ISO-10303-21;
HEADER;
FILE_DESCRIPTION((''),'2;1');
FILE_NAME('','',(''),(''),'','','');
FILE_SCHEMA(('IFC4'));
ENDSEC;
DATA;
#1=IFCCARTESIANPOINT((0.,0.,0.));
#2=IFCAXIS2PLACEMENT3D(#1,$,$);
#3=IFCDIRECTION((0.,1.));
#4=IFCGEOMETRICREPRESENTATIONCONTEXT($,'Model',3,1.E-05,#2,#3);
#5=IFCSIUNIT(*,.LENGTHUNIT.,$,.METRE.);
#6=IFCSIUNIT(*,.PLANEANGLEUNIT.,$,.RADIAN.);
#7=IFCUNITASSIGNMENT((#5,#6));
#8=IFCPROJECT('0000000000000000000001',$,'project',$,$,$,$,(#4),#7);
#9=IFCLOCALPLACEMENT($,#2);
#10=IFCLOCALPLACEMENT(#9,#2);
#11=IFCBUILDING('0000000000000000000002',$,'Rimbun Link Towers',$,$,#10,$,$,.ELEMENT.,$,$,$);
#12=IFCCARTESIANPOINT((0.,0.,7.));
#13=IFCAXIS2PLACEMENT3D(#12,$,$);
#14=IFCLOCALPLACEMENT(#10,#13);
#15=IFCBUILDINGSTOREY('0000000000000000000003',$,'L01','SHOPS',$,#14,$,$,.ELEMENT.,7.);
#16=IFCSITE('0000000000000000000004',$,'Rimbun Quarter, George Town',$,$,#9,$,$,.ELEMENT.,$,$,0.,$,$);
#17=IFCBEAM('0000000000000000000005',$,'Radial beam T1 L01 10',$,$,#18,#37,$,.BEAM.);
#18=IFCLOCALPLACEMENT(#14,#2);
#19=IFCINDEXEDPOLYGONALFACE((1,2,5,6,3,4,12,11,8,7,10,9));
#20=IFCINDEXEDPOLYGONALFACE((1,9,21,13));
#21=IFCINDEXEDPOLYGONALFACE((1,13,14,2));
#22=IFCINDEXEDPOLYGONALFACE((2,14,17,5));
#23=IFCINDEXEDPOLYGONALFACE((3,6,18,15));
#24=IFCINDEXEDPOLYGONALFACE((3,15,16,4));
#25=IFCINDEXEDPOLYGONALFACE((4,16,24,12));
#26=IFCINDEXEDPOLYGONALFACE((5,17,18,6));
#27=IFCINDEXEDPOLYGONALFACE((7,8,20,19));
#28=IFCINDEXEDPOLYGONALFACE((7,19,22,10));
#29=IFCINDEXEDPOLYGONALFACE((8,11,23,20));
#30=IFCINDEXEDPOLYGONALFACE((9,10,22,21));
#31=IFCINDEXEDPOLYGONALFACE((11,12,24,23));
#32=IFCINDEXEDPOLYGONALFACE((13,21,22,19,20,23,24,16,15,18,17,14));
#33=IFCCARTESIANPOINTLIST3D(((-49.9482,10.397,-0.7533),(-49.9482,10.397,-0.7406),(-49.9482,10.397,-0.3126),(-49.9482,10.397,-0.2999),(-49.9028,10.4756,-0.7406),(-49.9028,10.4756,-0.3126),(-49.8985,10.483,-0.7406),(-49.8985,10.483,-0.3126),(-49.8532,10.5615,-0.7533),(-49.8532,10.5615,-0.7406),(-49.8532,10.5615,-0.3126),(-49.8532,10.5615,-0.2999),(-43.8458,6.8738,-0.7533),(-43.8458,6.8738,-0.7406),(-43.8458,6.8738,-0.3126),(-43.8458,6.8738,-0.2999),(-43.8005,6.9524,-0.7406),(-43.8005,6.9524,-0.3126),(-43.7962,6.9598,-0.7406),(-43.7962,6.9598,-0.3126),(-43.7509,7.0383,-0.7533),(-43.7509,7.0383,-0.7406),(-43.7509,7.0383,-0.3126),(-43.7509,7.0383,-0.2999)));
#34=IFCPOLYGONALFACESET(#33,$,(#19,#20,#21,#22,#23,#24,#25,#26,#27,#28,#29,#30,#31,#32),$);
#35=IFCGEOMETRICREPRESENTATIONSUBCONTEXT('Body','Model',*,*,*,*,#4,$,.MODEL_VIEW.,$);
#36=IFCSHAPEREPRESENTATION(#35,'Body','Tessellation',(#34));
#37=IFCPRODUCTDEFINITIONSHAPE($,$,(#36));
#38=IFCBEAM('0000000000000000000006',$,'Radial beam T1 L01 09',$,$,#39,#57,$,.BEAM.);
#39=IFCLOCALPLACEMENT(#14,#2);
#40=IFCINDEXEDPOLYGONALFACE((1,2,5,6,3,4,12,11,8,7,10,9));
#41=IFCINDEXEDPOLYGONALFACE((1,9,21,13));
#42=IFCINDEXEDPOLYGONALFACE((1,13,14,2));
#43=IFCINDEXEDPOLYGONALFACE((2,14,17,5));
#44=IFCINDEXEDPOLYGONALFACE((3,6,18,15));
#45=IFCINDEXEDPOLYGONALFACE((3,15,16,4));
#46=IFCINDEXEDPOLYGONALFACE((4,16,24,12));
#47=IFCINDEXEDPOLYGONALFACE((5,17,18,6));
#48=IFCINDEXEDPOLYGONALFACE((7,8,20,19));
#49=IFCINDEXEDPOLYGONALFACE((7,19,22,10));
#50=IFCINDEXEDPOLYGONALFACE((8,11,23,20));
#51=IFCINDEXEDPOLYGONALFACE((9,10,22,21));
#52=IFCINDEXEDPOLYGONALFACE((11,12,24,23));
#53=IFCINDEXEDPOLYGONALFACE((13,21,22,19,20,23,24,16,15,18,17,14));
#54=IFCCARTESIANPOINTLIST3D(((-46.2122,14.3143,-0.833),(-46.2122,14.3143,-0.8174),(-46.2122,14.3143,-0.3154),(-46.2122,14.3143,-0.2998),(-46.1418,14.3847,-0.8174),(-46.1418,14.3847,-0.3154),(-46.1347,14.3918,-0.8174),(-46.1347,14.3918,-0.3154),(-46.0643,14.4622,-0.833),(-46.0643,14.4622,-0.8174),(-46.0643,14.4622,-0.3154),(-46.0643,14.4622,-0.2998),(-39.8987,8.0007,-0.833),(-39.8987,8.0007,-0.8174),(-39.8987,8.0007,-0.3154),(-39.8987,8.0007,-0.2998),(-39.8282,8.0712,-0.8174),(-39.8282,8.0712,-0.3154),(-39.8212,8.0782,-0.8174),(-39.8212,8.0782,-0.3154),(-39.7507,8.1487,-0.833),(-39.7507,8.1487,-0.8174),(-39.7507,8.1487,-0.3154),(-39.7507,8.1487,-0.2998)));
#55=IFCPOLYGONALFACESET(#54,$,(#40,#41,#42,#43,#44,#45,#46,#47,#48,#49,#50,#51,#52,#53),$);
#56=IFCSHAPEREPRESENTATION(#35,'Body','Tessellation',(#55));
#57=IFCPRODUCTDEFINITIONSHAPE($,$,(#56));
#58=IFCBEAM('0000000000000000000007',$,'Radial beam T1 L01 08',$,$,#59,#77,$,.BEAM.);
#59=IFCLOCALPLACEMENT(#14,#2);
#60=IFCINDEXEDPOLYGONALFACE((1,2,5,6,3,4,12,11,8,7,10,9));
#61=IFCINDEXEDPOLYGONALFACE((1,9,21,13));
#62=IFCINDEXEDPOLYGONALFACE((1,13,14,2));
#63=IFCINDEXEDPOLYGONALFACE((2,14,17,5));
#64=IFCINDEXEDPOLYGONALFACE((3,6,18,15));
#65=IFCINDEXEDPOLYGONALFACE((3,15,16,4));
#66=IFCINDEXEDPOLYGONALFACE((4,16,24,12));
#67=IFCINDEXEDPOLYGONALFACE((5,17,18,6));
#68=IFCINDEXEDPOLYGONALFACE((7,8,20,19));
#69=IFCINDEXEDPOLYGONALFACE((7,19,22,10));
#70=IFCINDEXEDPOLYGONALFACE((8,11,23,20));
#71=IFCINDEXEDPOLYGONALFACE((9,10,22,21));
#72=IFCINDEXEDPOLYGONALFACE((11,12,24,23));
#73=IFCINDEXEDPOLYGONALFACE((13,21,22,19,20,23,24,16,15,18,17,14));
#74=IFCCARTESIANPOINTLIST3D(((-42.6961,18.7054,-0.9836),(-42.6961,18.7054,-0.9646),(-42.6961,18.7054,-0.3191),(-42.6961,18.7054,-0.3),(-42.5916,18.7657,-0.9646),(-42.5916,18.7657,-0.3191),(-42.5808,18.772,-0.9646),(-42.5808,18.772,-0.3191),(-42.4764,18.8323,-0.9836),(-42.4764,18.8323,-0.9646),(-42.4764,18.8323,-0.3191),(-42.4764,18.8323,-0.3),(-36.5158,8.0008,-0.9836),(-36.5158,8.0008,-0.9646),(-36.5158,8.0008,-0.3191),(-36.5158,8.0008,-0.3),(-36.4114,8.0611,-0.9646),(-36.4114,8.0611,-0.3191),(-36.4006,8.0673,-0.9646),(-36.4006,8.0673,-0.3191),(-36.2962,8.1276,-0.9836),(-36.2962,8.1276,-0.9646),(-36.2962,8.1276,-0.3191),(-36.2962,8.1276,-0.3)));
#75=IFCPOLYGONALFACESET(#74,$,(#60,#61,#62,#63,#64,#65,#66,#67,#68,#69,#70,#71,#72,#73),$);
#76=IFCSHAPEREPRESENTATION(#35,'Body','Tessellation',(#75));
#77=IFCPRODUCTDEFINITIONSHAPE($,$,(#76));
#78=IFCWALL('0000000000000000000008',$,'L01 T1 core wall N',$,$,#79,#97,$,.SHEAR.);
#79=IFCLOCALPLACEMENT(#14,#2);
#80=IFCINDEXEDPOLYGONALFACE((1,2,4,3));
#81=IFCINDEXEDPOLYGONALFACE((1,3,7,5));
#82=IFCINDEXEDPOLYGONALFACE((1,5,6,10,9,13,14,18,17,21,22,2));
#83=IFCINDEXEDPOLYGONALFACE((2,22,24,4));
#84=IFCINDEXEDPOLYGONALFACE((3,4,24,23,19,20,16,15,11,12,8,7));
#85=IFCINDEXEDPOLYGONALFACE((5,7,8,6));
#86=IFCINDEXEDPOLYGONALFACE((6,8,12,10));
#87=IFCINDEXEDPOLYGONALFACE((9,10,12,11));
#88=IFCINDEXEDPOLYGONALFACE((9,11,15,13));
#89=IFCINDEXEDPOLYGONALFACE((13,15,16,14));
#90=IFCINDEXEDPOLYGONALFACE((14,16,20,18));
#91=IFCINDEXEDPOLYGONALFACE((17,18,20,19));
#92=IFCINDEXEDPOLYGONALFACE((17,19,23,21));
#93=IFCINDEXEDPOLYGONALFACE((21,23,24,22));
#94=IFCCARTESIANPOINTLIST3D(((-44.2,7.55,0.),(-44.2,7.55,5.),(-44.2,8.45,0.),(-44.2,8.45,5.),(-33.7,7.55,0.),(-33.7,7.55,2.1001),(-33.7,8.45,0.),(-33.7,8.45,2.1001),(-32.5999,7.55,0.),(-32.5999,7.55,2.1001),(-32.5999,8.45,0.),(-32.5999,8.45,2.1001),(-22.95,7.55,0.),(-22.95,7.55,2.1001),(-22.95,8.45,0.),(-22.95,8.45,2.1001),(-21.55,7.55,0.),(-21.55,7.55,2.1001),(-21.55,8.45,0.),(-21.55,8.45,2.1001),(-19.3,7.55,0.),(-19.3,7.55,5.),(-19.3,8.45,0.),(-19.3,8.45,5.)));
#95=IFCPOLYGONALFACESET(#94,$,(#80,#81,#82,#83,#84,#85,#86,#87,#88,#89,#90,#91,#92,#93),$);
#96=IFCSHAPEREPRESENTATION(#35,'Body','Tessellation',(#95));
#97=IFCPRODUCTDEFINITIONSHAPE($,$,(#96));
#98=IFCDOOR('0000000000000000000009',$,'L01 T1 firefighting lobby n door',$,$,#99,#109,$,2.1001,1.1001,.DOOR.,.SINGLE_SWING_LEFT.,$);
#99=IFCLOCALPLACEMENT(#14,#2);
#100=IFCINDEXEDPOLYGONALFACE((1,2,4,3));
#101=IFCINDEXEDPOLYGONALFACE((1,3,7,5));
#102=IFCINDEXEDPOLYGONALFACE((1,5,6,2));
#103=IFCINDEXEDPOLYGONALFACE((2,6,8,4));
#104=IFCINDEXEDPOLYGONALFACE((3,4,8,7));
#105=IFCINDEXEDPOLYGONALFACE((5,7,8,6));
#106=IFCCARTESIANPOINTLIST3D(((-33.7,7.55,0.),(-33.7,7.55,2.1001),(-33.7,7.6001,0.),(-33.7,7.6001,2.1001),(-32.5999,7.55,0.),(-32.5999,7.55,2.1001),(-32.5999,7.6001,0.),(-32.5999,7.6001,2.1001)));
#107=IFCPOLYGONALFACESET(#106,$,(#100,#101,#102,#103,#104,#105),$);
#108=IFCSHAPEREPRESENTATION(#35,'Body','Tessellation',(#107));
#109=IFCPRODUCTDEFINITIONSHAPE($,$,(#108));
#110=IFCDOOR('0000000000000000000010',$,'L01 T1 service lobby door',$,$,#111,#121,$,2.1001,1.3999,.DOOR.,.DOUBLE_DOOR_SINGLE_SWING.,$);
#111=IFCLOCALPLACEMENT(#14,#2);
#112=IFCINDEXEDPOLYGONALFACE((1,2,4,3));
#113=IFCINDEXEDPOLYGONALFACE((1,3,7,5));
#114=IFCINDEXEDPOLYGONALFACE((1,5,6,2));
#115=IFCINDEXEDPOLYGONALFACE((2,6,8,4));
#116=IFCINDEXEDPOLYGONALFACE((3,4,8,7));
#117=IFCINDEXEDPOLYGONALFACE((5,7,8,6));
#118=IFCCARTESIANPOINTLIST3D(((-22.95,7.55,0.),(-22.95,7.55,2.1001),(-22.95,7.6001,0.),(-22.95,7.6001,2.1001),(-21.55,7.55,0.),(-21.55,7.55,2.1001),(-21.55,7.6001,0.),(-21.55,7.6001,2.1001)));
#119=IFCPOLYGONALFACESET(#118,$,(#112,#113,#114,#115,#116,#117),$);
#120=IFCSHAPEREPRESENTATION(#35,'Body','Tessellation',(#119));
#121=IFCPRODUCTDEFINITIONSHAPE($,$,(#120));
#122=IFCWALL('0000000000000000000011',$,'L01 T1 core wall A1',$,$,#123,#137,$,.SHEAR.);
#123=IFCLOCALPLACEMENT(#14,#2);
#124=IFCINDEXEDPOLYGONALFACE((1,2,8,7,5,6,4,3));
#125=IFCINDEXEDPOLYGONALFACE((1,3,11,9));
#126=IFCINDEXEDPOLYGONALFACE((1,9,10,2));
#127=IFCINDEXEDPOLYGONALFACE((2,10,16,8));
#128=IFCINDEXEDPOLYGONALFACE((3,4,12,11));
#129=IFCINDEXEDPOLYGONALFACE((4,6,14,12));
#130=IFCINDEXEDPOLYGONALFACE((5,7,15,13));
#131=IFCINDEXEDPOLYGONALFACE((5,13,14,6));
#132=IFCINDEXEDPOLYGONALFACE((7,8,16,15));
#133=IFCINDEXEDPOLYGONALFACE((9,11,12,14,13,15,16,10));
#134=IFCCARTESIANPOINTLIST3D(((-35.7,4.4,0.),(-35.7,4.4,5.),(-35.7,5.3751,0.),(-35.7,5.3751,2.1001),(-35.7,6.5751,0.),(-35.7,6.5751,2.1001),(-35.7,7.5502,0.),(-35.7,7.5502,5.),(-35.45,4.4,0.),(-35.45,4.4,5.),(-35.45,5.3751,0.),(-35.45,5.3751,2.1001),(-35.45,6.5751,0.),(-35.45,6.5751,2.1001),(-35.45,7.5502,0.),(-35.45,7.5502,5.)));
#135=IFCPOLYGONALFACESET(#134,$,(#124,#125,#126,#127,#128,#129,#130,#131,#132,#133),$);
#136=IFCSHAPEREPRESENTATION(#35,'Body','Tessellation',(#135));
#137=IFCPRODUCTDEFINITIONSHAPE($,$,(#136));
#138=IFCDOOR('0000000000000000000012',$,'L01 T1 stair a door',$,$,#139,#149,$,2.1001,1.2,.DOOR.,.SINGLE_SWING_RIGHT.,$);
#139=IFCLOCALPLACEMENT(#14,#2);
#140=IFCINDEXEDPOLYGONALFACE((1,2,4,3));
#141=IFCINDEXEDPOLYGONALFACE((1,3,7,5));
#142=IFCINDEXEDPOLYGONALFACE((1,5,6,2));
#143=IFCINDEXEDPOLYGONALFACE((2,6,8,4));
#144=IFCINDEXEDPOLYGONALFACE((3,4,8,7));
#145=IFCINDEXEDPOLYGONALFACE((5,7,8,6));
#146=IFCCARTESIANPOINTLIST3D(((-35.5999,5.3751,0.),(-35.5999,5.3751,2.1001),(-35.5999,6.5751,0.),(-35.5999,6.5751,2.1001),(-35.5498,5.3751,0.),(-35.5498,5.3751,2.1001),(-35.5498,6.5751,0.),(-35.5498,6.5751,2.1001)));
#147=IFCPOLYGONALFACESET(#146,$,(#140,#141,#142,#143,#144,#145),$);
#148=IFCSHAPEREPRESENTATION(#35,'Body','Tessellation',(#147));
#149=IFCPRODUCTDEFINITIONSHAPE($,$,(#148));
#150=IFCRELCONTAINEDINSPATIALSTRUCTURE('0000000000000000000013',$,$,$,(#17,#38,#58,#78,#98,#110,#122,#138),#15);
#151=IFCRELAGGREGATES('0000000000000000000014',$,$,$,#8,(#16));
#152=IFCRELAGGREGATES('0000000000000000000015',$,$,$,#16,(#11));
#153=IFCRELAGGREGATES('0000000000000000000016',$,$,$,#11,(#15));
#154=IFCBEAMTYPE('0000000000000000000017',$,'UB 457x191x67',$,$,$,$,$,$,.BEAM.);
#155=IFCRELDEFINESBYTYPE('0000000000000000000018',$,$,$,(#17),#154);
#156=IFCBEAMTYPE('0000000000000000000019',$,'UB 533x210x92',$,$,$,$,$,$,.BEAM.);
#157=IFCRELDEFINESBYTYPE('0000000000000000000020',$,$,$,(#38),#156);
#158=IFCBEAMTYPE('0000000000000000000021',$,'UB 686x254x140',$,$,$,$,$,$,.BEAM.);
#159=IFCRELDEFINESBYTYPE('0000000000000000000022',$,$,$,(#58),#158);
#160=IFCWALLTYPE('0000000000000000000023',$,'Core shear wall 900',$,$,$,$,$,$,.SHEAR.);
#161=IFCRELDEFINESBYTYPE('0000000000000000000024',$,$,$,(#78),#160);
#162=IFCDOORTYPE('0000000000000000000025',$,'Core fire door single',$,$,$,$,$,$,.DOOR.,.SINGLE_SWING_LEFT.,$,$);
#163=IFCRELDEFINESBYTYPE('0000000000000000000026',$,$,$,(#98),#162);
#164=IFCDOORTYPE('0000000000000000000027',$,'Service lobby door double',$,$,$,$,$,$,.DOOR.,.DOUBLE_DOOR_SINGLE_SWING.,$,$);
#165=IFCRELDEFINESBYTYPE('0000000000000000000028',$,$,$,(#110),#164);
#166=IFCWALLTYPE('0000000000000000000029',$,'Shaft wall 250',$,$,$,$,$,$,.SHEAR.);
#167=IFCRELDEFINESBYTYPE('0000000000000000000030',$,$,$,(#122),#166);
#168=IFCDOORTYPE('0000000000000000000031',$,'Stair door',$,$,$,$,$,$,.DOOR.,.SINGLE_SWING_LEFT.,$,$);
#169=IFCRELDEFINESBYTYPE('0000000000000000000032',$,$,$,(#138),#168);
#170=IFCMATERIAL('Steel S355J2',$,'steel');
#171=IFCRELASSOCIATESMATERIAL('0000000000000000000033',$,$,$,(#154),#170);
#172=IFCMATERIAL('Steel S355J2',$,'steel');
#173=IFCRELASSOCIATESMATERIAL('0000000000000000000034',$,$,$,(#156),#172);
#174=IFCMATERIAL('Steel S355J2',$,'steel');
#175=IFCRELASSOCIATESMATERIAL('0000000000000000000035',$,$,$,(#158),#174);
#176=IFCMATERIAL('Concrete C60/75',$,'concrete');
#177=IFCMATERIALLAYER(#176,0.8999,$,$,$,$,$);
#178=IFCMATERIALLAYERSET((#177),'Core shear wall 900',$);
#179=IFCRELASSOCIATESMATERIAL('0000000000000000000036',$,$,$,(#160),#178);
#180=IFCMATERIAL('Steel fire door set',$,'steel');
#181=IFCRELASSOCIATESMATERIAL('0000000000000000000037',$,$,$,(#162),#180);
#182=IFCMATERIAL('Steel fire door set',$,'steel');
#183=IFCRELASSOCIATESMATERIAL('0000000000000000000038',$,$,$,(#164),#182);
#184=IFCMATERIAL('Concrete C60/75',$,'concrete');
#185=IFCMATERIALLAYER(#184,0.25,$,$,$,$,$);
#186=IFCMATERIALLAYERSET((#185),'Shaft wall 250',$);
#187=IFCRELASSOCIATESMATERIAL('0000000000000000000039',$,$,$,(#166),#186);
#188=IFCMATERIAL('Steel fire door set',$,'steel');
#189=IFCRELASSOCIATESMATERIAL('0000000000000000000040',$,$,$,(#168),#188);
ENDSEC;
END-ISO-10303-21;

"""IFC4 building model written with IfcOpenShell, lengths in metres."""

from ifc_helpers import new_model, si_unit, direction, frame, frame_2d, origin, origin_2d, place, context, subcontext, project, spatial, rectangle, i_section, extrude, material, layer, layer_set, material_profile, profile_set, type_object, element, fill, save


model = new_model("IFC4")

# Units and contexts
model_context = context("Model", 3, precision=1e-05, world=origin(), true_north=direction((0.0, 1.0)))
body_context = subcontext(model_context, "Body", "Model", "MODEL_VIEW")
ifc_project = project(units=[si_unit("LENGTHUNIT", "METRE"), si_unit("PLANEANGLEUNIT", "RADIAN")], contexts=[model_context])

# Site, building, storey
site_placement = place(None, origin())
site = spatial("IfcSite", under=ifc_project, at=site_placement, Name="Rimbun Quarter, George Town", CompositionType="ELEMENT", RefElevation=0.0)
building_placement = place(site_placement, origin())
building = spatial("IfcBuilding", under=site, at=building_placement, Name="Rimbun Link Towers", CompositionType="ELEMENT")
storey_placement = place(building_placement, frame((0.0, 0.0, 7.0)))
storey = spatial("IfcBuildingStorey", under=building, at=storey_placement, Name="L01", Description="SHOPS", CompositionType="ELEMENT", Elevation=7.0)

# Beams
ifc_material_1 = material(Name="Steel S355J2", Category="steel")
ifc_material_profile_1 = material_profile(ifc_material_1, i_section(OverallWidth=0.1899, OverallDepth=0.4534, WebThickness=0.0085, FlangeThickness=0.0127, at=origin_2d()), Name="UB 457x191x67")
ifc_profile_set_1 = profile_set([ifc_material_profile_1], Name="Steel S355J2")
beam_type_1 = type_object("IfcBeamType", Name="UB 457x191x67", PredefinedType="BEAM", material=ifc_profile_set_1)
beam_1_placement = place(storey_placement, frame((-43.7983, 6.9561, -0.5266), z_axis=(-0.866023, 0.500003, 0.0), x_axis=(-0.500003, -0.866023, 0.0)))
element("IfcBeam", 1, at=beam_1_placement, inside=storey, type_object=beam_type_1, Name="Radial beam T1 L01 10", PredefinedType="BEAM", context=body_context, shape_type="SweptSolid", body=[
    extrude(i_section(OverallWidth=0.1899, OverallDepth=0.4534, WebThickness=0.0085, FlangeThickness=0.0127, at=origin_2d()), origin(), (0.0, 0.0, 1.0), 7.0464),
])
ifc_material_2 = material(Name="Steel S355J2", Category="steel")
ifc_material_profile_2 = material_profile(ifc_material_2, i_section(OverallWidth=0.2092, OverallDepth=0.5332, WebThickness=0.01, FlangeThickness=0.0156, at=origin_2d()), Name="UB 533x210x92")
ifc_profile_set_2 = profile_set([ifc_material_profile_2], Name="Steel S355J2")
beam_type_2 = type_object("IfcBeamType", Name="UB 533x210x92", PredefinedType="BEAM", material=ifc_profile_set_2)
beam_2_placement = place(storey_placement, frame((-39.8247, 8.0747, -0.5664), z_axis=(-0.707107, 0.707107, 0.0), x_axis=(-0.707107, -0.707107, 0.0)))
element("IfcBeam", 2, at=beam_2_placement, inside=storey, type_object=beam_type_2, Name="Radial beam T1 L01 09", PredefinedType="BEAM", context=body_context, shape_type="SweptSolid", body=[
    extrude(i_section(OverallWidth=0.2092, OverallDepth=0.5332, WebThickness=0.01, FlangeThickness=0.0156, at=origin_2d()), origin(), (0.0, 0.0, 1.0), 8.9287),
])
ifc_material_3 = material(Name="Steel S355J2", Category="steel")
ifc_material_profile_3 = material_profile(ifc_material_3, i_section(OverallWidth=0.2537, OverallDepth=0.6836, WebThickness=0.0125, FlangeThickness=0.019, at=origin_2d()), Name="UB 686x254x140")
ifc_profile_set_3 = profile_set([ifc_material_profile_3], Name="Steel S355J2")
beam_type_3 = type_object("IfcBeamType", Name="UB 686x254x140", PredefinedType="BEAM", material=ifc_profile_set_3)
beam_3_placement = place(storey_placement, frame((-36.406, 8.0642, -0.6418), z_axis=(-0.499993, 0.86603, 0.0), x_axis=(-0.86603, -0.499993, 0.0)))
element("IfcBeam", 3, at=beam_3_placement, inside=storey, type_object=beam_type_3, Name="Radial beam T1 L01 08", PredefinedType="BEAM", context=body_context, shape_type="SweptSolid", body=[
    extrude(i_section(OverallWidth=0.2537, OverallDepth=0.6836, WebThickness=0.0125, FlangeThickness=0.019, at=origin_2d()), origin(), (0.0, 0.0, 1.0), 12.3606),
])

# Wall, openings, doors
ifc_material_4 = material(Name="Concrete C60/75", Category="concrete")
ifc_layer_1 = layer(ifc_material_4, 0.8999)
ifc_layer_set_1 = layer_set([ifc_layer_1], Name="Core shear wall 900")
wall_type_1 = type_object("IfcWallType", Name="Core shear wall 900", PredefinedType="SHEAR", material=ifc_layer_set_1)
wall_1_placement = place(storey_placement, frame((-44.2, 8.0, 0.0), z_axis=(0.0, 0.0, 1.0), x_axis=(1.0, 0.0, 0.0)))
wall_1 = element("IfcWall", 4, at=wall_1_placement, inside=storey, type_object=wall_type_1, Name="L01 T1 core wall N", PredefinedType="SHEAR", context=body_context, shape_type="SweptSolid", body=[
    extrude(rectangle(XDim=24.8999, YDim=0.8999, at=frame_2d((12.45, 0.0))), origin(), (0.0, 0.0, 1.0), 5.0),
])
opening_1_placement = place(wall_1_placement, frame((10.5, 0.0, 0.0)))
opening_1 = element("IfcOpeningElement", 5, at=opening_1_placement, cuts=wall_1, PredefinedType="OPENING", context=body_context, shape_type="SweptSolid", body=[
    extrude(rectangle(XDim=1.1001, YDim=2.1001, at=frame_2d((0.55, 1.05))), frame((0.0, 0.46, 0.0), z_axis=(0.0, -1.0, 0.0), x_axis=(1.0, 0.0, 0.0)), (0.0, 0.0, 1.0), 0.9199),
])
opening_2_placement = place(wall_1_placement, frame((21.25, 0.0, 0.0)))
opening_2 = element("IfcOpeningElement", 6, at=opening_2_placement, cuts=wall_1, PredefinedType="OPENING", context=body_context, shape_type="SweptSolid", body=[
    extrude(rectangle(XDim=1.3999, YDim=2.1001, at=frame_2d((0.7, 1.05))), frame((0.0, 0.46, 0.0), z_axis=(0.0, -1.0, 0.0), x_axis=(1.0, 0.0, 0.0)), (0.0, 0.0, 1.0), 0.9199),
])
ifc_material_5 = material(Name="Steel fire door set", Category="steel")
door_type_1 = type_object("IfcDoorType", Name="Core fire door single", OperationType="SINGLE_SWING_LEFT", PredefinedType="DOOR", material=ifc_material_5)
door_1_placement = place(opening_1_placement, origin())
door_1 = element("IfcDoor", 7, at=door_1_placement, inside=storey, type_object=door_type_1, Name="L01 T1 firefighting lobby n door", OperationType="SINGLE_SWING_LEFT", OverallHeight=2.1001, OverallWidth=1.1001, PredefinedType="DOOR", context=body_context, shape_type="SweptSolid", body=[
    extrude(rectangle(XDim=1.1001, YDim=2.1001, at=frame_2d((0.55, 1.05))), frame((0.0, -0.3999, 0.0), z_axis=(0.0, -1.0, 0.0), x_axis=(1.0, 0.0, 0.0)), (0.0, 0.0, 1.0), 0.05),
])
fill(opening_1, door_1)
ifc_material_6 = material(Name="Steel fire door set", Category="steel")
door_type_2 = type_object("IfcDoorType", Name="Service lobby door double", OperationType="DOUBLE_DOOR_SINGLE_SWING", PredefinedType="DOOR", material=ifc_material_6)
door_2_placement = place(opening_2_placement, origin())
door_2 = element("IfcDoor", 8, at=door_2_placement, inside=storey, type_object=door_type_2, Name="L01 T1 service lobby door", OperationType="DOUBLE_DOOR_SINGLE_SWING", OverallHeight=2.1001, OverallWidth=1.3999, PredefinedType="DOOR", context=body_context, shape_type="SweptSolid", body=[
    extrude(rectangle(XDim=1.3999, YDim=2.1001, at=frame_2d((0.7, 1.05))), frame((0.0, -0.3999, 0.0), z_axis=(0.0, -1.0, 0.0), x_axis=(1.0, 0.0, 0.0)), (0.0, 0.0, 1.0), 0.05),
])
fill(opening_2, door_2)

# Wall, opening, door
ifc_material_7 = material(Name="Concrete C60/75", Category="concrete")
ifc_layer_2 = layer(ifc_material_7, 0.25)
ifc_layer_set_2 = layer_set([ifc_layer_2], Name="Shaft wall 250")
wall_type_2 = type_object("IfcWallType", Name="Shaft wall 250", PredefinedType="SHEAR", material=ifc_layer_set_2)
wall_2_placement = place(storey_placement, frame((-35.575, 4.3999, 0.0), z_axis=(0.0, 0.0, 1.0), x_axis=(0.0, 1.0, 0.0)))
wall_2 = element("IfcWall", 9, at=wall_2_placement, inside=storey, type_object=wall_type_2, Name="L01 T1 core wall A1", PredefinedType="SHEAR", context=body_context, shape_type="SweptSolid", body=[
    extrude(rectangle(XDim=3.1501, YDim=0.25, at=frame_2d((1.5752, 0.0))), origin(), (0.0, 0.0, 1.0), 5.0),
])
opening_3_placement = place(wall_2_placement, frame((0.9751, 0.0, 0.0)))
opening_3 = element("IfcOpeningElement", 10, at=opening_3_placement, cuts=wall_2, PredefinedType="OPENING", context=body_context, shape_type="SweptSolid", body=[
    extrude(rectangle(XDim=1.2, YDim=2.1001, at=frame_2d((0.6001, 1.05))), frame((0.0, 0.135, 0.0), z_axis=(0.0, -1.0, 0.0), x_axis=(1.0, 0.0, 0.0)), (0.0, 0.0, 1.0), 0.27),
])
ifc_material_8 = material(Name="Steel fire door set", Category="steel")
door_type_3 = type_object("IfcDoorType", Name="Stair door", OperationType="SINGLE_SWING_LEFT", PredefinedType="DOOR", material=ifc_material_8)
door_3_placement = place(opening_3_placement, origin())
door_3 = element("IfcDoor", 11, at=door_3_placement, inside=storey, type_object=door_type_3, Name="L01 T1 stair a door", OperationType="SINGLE_SWING_RIGHT", OverallHeight=2.1001, OverallWidth=1.2, PredefinedType="DOOR", context=body_context, shape_type="SweptSolid", body=[
    extrude(rectangle(XDim=1.2, YDim=2.1001, at=frame_2d((0.6001, 1.05))), frame((0.0, 0.0249, 0.0), z_axis=(0.0, -1.0, 0.0), x_axis=(1.0, 0.0, 0.0)), (0.0, 0.0, 1.0), 0.05),
])
fill(opening_3, door_3)

save(model, "model.ifc")
